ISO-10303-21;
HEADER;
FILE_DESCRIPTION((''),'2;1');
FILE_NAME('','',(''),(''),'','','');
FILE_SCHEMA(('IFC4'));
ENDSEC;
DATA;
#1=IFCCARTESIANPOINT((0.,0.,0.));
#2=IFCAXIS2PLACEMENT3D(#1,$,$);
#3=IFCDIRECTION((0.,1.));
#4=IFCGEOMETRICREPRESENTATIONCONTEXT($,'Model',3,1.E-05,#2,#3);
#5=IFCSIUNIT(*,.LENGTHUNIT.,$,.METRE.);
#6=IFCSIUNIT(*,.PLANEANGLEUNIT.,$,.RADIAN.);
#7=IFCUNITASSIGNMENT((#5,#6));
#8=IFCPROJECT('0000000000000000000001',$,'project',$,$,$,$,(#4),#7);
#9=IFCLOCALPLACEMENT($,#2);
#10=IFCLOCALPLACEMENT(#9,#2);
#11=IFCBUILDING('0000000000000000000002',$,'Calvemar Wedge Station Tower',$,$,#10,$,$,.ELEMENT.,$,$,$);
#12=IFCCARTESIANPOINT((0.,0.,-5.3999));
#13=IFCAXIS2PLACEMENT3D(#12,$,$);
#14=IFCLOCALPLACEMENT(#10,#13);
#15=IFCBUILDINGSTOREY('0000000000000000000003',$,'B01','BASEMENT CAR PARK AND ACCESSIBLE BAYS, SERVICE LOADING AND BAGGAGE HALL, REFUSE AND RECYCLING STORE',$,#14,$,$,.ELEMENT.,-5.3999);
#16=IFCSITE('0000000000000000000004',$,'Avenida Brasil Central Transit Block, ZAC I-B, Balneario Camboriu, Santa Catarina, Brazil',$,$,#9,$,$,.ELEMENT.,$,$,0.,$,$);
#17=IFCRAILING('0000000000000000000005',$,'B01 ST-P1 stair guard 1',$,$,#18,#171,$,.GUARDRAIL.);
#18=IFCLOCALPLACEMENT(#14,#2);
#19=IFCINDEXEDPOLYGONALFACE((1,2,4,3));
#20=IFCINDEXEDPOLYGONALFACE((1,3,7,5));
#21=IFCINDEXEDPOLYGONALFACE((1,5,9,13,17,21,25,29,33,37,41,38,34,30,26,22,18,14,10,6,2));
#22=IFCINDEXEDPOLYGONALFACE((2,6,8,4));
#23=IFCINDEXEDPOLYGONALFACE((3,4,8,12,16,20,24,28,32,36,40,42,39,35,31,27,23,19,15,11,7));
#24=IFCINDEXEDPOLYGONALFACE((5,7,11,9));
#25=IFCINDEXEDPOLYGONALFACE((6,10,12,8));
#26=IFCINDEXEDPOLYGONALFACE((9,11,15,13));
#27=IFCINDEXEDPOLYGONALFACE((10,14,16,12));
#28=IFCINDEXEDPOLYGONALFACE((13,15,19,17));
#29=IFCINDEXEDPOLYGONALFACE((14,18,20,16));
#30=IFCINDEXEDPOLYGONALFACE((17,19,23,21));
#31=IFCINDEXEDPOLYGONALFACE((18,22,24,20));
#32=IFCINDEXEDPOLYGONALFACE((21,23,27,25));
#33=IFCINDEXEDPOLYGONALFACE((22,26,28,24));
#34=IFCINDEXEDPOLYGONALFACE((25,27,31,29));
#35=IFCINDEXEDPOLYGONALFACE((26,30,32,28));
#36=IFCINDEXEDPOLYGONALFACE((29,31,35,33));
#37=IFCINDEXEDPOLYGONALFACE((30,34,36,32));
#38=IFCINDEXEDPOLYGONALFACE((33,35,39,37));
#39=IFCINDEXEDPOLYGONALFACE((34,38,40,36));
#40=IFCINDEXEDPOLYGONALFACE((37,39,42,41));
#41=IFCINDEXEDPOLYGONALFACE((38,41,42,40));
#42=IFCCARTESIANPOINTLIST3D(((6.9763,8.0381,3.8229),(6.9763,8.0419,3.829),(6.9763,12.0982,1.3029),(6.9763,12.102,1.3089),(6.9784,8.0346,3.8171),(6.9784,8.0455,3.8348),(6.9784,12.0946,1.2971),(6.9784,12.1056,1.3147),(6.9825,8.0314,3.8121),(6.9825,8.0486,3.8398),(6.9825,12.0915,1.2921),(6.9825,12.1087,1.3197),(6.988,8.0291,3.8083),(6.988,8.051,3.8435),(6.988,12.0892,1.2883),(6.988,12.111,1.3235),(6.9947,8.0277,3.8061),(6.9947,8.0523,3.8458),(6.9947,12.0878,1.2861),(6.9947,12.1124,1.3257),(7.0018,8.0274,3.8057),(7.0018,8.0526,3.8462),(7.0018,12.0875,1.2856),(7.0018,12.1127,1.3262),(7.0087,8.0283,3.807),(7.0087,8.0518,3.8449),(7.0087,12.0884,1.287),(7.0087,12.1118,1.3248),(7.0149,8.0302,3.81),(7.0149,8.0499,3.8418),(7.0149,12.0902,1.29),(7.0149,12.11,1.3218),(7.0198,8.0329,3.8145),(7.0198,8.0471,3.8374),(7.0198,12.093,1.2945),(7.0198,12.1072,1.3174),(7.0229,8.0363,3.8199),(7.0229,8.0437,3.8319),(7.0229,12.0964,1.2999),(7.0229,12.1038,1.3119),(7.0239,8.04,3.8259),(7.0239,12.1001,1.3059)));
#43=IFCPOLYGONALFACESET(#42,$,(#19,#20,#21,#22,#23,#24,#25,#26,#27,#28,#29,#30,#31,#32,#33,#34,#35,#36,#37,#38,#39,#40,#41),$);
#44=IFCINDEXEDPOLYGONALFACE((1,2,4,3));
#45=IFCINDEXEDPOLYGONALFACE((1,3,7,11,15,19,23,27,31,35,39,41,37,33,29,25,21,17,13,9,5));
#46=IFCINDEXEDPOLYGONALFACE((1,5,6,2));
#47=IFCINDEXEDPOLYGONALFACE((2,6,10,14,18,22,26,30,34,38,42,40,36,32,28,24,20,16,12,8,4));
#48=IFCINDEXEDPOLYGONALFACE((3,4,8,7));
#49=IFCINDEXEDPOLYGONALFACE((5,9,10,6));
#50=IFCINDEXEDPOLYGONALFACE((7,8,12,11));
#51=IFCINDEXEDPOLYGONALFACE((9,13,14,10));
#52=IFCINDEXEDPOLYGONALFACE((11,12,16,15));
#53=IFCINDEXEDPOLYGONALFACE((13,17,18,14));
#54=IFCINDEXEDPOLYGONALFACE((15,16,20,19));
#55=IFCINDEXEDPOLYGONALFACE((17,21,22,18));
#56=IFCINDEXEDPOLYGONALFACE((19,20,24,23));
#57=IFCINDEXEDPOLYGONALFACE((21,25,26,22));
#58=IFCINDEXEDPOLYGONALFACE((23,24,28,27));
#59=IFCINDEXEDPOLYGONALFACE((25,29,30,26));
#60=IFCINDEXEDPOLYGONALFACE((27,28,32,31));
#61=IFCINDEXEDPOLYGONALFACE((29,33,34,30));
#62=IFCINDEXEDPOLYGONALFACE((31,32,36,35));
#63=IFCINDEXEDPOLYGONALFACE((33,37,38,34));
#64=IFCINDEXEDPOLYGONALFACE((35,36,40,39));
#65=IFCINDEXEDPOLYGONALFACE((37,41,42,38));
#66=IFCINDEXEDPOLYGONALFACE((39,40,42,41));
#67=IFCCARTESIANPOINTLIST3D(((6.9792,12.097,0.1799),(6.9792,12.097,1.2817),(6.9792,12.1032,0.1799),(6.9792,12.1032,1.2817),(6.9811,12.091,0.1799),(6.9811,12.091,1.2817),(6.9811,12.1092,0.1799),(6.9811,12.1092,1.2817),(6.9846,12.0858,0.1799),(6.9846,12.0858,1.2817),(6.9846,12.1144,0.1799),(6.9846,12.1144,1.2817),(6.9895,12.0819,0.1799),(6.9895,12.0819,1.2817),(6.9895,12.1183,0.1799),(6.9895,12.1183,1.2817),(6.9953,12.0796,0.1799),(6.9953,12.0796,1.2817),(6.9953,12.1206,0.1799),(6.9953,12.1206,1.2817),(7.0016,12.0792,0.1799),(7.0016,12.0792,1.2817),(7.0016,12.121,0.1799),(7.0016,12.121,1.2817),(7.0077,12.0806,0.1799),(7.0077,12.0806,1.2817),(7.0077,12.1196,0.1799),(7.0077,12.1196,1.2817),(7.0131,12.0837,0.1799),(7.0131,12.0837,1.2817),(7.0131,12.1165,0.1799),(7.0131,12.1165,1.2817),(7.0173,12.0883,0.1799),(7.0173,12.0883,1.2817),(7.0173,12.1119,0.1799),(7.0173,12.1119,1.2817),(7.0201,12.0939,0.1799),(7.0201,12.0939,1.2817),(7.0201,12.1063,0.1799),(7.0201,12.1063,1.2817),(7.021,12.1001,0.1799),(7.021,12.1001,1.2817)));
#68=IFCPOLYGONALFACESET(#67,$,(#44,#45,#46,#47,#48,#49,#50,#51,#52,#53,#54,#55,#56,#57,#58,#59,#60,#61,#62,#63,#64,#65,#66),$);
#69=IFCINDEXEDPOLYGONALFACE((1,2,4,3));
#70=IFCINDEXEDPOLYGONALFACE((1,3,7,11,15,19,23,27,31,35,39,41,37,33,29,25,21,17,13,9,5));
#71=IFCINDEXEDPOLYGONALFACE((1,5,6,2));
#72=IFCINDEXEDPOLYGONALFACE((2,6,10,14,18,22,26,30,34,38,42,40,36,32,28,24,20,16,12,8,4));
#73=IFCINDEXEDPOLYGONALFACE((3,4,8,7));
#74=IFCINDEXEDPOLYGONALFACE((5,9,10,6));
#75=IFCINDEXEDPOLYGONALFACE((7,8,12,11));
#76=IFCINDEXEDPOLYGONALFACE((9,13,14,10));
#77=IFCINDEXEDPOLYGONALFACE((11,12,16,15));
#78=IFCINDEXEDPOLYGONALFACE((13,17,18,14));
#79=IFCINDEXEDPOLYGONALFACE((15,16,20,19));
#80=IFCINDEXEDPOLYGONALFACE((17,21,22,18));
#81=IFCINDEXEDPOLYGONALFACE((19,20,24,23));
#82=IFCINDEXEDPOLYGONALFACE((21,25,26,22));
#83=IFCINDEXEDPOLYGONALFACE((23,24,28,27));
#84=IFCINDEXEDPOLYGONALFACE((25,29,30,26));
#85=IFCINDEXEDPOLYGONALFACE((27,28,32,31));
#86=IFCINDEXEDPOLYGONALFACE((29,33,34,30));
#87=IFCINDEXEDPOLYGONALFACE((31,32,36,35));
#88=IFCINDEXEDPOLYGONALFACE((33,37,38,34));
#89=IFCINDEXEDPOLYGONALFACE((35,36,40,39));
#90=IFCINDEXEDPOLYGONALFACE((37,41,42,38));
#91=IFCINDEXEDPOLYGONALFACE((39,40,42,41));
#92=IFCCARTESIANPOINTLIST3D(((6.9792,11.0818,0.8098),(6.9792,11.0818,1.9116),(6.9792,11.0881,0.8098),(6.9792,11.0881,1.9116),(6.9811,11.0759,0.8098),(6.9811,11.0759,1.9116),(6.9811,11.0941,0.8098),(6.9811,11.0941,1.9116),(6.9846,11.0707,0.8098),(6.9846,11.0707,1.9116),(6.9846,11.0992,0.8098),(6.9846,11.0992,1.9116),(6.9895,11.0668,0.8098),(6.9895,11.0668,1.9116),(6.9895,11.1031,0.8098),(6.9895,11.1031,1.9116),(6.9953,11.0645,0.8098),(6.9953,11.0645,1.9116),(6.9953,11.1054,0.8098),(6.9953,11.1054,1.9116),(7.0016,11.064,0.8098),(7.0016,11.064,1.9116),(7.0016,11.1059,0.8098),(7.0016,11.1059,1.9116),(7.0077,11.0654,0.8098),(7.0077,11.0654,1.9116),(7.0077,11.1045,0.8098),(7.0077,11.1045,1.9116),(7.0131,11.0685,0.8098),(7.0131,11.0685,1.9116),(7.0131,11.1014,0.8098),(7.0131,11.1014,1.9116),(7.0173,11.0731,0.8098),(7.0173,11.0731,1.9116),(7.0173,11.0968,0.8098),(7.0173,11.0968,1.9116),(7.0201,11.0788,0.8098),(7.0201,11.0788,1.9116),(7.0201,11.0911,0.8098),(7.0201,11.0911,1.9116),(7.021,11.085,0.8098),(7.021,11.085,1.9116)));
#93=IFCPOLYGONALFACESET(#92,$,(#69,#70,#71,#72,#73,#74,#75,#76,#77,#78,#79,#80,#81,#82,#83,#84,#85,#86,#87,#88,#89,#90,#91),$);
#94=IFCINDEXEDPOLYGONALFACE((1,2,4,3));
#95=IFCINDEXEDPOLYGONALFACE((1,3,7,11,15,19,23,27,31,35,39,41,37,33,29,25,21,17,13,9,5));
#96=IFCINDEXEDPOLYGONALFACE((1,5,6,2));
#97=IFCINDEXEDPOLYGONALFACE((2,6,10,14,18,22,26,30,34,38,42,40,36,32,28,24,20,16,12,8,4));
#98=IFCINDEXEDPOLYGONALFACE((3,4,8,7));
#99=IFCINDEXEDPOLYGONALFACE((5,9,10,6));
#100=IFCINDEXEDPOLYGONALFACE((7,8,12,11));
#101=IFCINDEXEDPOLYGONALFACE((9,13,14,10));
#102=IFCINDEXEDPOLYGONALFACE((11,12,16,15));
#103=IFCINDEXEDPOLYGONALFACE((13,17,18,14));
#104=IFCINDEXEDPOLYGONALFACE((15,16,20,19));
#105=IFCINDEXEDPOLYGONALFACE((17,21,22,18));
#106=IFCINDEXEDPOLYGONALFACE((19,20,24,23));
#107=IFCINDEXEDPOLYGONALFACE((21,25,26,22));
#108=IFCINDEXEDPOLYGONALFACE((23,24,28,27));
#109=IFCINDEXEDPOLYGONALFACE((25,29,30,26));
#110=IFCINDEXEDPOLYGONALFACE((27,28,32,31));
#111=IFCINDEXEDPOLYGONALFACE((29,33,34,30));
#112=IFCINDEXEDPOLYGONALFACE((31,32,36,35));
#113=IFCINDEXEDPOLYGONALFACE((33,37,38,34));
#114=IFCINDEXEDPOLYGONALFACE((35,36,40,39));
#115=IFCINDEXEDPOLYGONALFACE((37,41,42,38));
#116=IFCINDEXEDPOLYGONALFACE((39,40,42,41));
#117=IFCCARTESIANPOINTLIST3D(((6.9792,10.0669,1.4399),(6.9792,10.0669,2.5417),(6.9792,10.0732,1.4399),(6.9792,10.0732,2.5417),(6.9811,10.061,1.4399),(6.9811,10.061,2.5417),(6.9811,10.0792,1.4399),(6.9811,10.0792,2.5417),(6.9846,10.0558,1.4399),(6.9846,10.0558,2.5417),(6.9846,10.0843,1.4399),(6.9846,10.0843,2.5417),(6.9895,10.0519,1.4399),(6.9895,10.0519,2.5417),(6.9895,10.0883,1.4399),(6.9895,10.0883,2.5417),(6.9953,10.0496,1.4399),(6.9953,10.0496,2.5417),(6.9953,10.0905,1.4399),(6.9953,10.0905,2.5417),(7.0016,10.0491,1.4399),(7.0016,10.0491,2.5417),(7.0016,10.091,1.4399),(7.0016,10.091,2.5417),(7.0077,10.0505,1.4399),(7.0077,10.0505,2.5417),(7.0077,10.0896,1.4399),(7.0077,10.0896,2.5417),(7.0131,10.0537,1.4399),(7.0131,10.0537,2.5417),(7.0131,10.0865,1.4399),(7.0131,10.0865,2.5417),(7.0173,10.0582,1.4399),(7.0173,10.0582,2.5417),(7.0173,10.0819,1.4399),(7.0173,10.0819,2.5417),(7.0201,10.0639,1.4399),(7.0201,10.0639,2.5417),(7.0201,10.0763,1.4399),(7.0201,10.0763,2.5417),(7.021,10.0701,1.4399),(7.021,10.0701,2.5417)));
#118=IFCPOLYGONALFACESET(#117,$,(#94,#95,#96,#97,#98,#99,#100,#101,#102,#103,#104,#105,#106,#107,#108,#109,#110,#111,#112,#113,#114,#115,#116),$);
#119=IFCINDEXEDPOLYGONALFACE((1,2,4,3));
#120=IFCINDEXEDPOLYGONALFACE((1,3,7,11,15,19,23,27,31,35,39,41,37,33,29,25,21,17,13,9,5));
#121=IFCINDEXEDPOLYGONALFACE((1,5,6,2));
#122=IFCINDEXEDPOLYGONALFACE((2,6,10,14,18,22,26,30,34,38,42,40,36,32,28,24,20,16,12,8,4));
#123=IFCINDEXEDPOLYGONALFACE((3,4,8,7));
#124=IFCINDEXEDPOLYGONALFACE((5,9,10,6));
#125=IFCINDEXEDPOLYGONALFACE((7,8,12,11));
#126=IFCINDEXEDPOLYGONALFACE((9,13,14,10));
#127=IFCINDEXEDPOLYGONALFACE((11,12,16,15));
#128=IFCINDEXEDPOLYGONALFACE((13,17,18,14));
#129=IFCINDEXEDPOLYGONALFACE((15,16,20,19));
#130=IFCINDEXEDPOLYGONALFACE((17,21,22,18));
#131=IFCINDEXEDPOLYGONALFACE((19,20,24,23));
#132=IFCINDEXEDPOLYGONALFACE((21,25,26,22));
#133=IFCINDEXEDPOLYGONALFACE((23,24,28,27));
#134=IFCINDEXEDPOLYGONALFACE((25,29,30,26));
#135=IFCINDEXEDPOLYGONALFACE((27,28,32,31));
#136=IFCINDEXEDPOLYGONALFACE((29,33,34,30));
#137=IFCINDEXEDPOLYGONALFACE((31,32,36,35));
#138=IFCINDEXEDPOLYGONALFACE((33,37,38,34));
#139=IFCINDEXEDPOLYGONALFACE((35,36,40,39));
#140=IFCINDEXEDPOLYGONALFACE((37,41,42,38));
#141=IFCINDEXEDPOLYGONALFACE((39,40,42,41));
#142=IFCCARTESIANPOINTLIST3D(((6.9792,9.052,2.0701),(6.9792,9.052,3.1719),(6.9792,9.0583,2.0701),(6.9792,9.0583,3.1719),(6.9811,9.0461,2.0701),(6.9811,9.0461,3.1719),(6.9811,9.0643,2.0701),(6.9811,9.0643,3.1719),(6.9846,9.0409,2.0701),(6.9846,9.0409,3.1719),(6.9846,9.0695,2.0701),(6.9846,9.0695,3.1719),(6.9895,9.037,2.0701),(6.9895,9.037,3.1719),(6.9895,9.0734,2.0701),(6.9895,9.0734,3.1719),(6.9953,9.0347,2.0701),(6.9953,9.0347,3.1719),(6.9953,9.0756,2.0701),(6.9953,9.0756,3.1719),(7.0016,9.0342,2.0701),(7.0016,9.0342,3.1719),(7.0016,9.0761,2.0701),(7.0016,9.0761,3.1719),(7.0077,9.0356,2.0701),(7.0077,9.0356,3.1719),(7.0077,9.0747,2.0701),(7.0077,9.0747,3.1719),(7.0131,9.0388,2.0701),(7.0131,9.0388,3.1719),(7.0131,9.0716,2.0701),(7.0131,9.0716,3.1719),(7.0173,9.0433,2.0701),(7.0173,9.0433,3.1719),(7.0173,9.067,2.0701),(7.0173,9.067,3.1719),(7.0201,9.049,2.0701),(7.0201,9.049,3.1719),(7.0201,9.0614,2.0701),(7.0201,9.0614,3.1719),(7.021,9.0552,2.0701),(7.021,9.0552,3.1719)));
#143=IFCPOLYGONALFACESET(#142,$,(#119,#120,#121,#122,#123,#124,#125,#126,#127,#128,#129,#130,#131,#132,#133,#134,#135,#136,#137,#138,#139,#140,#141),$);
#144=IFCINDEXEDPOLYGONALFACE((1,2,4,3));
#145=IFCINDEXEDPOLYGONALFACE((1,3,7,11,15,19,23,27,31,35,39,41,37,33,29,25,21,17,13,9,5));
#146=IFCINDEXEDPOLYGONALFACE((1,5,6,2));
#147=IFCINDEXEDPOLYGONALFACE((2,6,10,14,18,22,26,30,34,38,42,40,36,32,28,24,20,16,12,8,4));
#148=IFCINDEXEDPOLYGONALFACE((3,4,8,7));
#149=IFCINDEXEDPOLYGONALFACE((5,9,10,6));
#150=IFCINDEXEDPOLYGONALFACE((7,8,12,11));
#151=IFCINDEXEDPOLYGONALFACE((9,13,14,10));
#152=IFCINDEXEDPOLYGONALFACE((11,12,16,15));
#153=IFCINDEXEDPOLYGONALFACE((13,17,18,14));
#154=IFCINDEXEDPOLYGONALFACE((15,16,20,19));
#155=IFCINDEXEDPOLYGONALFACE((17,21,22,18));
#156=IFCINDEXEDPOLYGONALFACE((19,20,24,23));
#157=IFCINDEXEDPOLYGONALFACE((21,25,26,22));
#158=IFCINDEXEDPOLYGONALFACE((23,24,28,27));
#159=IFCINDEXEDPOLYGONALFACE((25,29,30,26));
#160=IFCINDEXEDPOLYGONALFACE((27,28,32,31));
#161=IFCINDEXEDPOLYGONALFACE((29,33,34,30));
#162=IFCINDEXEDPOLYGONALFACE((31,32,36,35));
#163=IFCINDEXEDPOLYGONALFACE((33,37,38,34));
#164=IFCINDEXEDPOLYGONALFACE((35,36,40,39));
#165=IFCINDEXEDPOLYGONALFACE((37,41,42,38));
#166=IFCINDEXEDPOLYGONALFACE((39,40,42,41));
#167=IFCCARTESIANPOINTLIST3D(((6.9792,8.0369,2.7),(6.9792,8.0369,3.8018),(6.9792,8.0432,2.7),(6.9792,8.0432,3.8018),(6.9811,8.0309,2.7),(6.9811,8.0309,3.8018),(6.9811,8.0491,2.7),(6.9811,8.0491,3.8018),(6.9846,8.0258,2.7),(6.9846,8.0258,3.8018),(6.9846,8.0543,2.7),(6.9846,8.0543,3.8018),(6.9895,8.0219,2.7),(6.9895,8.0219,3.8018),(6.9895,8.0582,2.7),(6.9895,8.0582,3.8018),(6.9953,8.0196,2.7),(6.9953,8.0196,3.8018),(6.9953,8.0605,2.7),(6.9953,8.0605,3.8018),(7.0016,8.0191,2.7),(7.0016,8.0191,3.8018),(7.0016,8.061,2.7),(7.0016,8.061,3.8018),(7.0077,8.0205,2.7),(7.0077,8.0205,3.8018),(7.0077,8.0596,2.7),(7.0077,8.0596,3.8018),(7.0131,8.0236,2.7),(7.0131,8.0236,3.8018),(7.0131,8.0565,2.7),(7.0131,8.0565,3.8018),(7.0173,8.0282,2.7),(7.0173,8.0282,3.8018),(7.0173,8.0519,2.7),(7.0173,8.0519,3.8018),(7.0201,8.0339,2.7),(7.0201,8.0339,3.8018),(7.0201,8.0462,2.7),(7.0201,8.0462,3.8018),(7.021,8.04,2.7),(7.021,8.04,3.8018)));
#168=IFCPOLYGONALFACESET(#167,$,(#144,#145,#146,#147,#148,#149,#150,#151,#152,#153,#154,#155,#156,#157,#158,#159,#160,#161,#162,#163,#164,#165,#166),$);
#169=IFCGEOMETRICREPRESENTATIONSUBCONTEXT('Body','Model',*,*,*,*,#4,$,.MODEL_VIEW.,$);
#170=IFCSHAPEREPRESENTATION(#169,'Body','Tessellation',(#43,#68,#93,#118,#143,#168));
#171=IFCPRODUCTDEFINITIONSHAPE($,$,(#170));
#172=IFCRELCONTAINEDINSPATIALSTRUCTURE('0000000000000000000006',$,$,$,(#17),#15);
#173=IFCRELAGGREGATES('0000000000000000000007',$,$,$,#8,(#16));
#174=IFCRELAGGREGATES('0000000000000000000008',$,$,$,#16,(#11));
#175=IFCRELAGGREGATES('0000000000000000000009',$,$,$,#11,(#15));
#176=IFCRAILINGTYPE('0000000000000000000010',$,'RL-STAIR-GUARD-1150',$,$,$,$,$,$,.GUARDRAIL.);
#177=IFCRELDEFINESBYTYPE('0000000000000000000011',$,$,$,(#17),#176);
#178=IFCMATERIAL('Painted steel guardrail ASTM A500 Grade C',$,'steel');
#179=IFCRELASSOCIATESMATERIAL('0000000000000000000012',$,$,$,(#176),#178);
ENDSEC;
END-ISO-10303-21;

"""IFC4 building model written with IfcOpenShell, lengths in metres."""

from ifc_helpers import new_model, si_unit, direction, frame, origin, origin_2d, place, context, subcontext, project, spatial, circle, extrude, material, type_object, element, save


model = new_model("IFC4")

# Units and contexts
model_context = context("Model", 3, precision=1e-05, world=origin(), true_north=direction((0.0, 1.0)))
body_context = subcontext(model_context, "Body", "Model", "MODEL_VIEW")
ifc_project = project(units=[si_unit("LENGTHUNIT", "METRE"), si_unit("PLANEANGLEUNIT", "RADIAN")], contexts=[model_context])

# Site, building, storey
site_placement = place(None, origin())
site = spatial("IfcSite", under=ifc_project, at=site_placement, Name="Avenida Brasil Central Transit Block, ZAC I-B, Balneario Camboriu, Santa Catarina, Brazil", CompositionType="ELEMENT", RefElevation=0.0)
building_placement = place(site_placement, origin())
building = spatial("IfcBuilding", under=site, at=building_placement, Name="Calvemar Wedge Station Tower", CompositionType="ELEMENT")
storey_placement = place(building_placement, frame((0.0, 0.0, -5.3999)))
storey = spatial("IfcBuildingStorey", under=building, at=storey_placement, Name="B01", Description="BASEMENT CAR PARK AND ACCESSIBLE BAYS, SERVICE LOADING AND BAGGAGE HALL, REFUSE AND RECYCLING STORE", CompositionType="ELEMENT", Elevation=-5.3999)

# Railing
ifc_material_1 = material(Name="Painted steel guardrail ASTM A500 Grade C", Category="steel")
railing_type_1 = type_object("IfcRailingType", Name="RL-STAIR-GUARD-1150", PredefinedType="GUARDRAIL", material=ifc_material_1)
railing_1_placement = place(storey_placement, frame((7.0, 12.1001, 0.1799)))
element("IfcRailing", 1, at=railing_1_placement, inside=storey, type_object=railing_type_1, Name="B01 ST-P1 stair guard 1", PredefinedType="GUARDRAIL", context=body_context, shape_type="SweptSolid", body=[
    extrude(circle(Radius=0.0239, at=origin_2d()), frame((0.0, 0.0, 1.126), z_axis=(0.0, -0.849642, 0.52736), x_axis=(1.0, 0.0, 0.0)), (0.0, 0.0, 1.0), 4.7786),
    extrude(circle(Radius=0.021, at=origin_2d()), origin(), (0.0, 0.0, 1.0), 1.1018),
    extrude(circle(Radius=0.021, at=origin_2d()), frame((0.0, -1.0151, 0.6299)), (0.0, 0.0, 1.0), 1.1018),
    extrude(circle(Radius=0.021, at=origin_2d()), frame((0.0, -2.03, 1.26)), (0.0, 0.0, 1.0), 1.1018),
    extrude(circle(Radius=0.021, at=origin_2d()), frame((0.0, -3.0449, 1.8901)), (0.0, 0.0, 1.0), 1.1018),
    extrude(circle(Radius=0.021, at=origin_2d()), frame((0.0, -4.0601, 2.52)), (0.0, 0.0, 1.0), 1.1018),
])

save(model, "model.ifc")
